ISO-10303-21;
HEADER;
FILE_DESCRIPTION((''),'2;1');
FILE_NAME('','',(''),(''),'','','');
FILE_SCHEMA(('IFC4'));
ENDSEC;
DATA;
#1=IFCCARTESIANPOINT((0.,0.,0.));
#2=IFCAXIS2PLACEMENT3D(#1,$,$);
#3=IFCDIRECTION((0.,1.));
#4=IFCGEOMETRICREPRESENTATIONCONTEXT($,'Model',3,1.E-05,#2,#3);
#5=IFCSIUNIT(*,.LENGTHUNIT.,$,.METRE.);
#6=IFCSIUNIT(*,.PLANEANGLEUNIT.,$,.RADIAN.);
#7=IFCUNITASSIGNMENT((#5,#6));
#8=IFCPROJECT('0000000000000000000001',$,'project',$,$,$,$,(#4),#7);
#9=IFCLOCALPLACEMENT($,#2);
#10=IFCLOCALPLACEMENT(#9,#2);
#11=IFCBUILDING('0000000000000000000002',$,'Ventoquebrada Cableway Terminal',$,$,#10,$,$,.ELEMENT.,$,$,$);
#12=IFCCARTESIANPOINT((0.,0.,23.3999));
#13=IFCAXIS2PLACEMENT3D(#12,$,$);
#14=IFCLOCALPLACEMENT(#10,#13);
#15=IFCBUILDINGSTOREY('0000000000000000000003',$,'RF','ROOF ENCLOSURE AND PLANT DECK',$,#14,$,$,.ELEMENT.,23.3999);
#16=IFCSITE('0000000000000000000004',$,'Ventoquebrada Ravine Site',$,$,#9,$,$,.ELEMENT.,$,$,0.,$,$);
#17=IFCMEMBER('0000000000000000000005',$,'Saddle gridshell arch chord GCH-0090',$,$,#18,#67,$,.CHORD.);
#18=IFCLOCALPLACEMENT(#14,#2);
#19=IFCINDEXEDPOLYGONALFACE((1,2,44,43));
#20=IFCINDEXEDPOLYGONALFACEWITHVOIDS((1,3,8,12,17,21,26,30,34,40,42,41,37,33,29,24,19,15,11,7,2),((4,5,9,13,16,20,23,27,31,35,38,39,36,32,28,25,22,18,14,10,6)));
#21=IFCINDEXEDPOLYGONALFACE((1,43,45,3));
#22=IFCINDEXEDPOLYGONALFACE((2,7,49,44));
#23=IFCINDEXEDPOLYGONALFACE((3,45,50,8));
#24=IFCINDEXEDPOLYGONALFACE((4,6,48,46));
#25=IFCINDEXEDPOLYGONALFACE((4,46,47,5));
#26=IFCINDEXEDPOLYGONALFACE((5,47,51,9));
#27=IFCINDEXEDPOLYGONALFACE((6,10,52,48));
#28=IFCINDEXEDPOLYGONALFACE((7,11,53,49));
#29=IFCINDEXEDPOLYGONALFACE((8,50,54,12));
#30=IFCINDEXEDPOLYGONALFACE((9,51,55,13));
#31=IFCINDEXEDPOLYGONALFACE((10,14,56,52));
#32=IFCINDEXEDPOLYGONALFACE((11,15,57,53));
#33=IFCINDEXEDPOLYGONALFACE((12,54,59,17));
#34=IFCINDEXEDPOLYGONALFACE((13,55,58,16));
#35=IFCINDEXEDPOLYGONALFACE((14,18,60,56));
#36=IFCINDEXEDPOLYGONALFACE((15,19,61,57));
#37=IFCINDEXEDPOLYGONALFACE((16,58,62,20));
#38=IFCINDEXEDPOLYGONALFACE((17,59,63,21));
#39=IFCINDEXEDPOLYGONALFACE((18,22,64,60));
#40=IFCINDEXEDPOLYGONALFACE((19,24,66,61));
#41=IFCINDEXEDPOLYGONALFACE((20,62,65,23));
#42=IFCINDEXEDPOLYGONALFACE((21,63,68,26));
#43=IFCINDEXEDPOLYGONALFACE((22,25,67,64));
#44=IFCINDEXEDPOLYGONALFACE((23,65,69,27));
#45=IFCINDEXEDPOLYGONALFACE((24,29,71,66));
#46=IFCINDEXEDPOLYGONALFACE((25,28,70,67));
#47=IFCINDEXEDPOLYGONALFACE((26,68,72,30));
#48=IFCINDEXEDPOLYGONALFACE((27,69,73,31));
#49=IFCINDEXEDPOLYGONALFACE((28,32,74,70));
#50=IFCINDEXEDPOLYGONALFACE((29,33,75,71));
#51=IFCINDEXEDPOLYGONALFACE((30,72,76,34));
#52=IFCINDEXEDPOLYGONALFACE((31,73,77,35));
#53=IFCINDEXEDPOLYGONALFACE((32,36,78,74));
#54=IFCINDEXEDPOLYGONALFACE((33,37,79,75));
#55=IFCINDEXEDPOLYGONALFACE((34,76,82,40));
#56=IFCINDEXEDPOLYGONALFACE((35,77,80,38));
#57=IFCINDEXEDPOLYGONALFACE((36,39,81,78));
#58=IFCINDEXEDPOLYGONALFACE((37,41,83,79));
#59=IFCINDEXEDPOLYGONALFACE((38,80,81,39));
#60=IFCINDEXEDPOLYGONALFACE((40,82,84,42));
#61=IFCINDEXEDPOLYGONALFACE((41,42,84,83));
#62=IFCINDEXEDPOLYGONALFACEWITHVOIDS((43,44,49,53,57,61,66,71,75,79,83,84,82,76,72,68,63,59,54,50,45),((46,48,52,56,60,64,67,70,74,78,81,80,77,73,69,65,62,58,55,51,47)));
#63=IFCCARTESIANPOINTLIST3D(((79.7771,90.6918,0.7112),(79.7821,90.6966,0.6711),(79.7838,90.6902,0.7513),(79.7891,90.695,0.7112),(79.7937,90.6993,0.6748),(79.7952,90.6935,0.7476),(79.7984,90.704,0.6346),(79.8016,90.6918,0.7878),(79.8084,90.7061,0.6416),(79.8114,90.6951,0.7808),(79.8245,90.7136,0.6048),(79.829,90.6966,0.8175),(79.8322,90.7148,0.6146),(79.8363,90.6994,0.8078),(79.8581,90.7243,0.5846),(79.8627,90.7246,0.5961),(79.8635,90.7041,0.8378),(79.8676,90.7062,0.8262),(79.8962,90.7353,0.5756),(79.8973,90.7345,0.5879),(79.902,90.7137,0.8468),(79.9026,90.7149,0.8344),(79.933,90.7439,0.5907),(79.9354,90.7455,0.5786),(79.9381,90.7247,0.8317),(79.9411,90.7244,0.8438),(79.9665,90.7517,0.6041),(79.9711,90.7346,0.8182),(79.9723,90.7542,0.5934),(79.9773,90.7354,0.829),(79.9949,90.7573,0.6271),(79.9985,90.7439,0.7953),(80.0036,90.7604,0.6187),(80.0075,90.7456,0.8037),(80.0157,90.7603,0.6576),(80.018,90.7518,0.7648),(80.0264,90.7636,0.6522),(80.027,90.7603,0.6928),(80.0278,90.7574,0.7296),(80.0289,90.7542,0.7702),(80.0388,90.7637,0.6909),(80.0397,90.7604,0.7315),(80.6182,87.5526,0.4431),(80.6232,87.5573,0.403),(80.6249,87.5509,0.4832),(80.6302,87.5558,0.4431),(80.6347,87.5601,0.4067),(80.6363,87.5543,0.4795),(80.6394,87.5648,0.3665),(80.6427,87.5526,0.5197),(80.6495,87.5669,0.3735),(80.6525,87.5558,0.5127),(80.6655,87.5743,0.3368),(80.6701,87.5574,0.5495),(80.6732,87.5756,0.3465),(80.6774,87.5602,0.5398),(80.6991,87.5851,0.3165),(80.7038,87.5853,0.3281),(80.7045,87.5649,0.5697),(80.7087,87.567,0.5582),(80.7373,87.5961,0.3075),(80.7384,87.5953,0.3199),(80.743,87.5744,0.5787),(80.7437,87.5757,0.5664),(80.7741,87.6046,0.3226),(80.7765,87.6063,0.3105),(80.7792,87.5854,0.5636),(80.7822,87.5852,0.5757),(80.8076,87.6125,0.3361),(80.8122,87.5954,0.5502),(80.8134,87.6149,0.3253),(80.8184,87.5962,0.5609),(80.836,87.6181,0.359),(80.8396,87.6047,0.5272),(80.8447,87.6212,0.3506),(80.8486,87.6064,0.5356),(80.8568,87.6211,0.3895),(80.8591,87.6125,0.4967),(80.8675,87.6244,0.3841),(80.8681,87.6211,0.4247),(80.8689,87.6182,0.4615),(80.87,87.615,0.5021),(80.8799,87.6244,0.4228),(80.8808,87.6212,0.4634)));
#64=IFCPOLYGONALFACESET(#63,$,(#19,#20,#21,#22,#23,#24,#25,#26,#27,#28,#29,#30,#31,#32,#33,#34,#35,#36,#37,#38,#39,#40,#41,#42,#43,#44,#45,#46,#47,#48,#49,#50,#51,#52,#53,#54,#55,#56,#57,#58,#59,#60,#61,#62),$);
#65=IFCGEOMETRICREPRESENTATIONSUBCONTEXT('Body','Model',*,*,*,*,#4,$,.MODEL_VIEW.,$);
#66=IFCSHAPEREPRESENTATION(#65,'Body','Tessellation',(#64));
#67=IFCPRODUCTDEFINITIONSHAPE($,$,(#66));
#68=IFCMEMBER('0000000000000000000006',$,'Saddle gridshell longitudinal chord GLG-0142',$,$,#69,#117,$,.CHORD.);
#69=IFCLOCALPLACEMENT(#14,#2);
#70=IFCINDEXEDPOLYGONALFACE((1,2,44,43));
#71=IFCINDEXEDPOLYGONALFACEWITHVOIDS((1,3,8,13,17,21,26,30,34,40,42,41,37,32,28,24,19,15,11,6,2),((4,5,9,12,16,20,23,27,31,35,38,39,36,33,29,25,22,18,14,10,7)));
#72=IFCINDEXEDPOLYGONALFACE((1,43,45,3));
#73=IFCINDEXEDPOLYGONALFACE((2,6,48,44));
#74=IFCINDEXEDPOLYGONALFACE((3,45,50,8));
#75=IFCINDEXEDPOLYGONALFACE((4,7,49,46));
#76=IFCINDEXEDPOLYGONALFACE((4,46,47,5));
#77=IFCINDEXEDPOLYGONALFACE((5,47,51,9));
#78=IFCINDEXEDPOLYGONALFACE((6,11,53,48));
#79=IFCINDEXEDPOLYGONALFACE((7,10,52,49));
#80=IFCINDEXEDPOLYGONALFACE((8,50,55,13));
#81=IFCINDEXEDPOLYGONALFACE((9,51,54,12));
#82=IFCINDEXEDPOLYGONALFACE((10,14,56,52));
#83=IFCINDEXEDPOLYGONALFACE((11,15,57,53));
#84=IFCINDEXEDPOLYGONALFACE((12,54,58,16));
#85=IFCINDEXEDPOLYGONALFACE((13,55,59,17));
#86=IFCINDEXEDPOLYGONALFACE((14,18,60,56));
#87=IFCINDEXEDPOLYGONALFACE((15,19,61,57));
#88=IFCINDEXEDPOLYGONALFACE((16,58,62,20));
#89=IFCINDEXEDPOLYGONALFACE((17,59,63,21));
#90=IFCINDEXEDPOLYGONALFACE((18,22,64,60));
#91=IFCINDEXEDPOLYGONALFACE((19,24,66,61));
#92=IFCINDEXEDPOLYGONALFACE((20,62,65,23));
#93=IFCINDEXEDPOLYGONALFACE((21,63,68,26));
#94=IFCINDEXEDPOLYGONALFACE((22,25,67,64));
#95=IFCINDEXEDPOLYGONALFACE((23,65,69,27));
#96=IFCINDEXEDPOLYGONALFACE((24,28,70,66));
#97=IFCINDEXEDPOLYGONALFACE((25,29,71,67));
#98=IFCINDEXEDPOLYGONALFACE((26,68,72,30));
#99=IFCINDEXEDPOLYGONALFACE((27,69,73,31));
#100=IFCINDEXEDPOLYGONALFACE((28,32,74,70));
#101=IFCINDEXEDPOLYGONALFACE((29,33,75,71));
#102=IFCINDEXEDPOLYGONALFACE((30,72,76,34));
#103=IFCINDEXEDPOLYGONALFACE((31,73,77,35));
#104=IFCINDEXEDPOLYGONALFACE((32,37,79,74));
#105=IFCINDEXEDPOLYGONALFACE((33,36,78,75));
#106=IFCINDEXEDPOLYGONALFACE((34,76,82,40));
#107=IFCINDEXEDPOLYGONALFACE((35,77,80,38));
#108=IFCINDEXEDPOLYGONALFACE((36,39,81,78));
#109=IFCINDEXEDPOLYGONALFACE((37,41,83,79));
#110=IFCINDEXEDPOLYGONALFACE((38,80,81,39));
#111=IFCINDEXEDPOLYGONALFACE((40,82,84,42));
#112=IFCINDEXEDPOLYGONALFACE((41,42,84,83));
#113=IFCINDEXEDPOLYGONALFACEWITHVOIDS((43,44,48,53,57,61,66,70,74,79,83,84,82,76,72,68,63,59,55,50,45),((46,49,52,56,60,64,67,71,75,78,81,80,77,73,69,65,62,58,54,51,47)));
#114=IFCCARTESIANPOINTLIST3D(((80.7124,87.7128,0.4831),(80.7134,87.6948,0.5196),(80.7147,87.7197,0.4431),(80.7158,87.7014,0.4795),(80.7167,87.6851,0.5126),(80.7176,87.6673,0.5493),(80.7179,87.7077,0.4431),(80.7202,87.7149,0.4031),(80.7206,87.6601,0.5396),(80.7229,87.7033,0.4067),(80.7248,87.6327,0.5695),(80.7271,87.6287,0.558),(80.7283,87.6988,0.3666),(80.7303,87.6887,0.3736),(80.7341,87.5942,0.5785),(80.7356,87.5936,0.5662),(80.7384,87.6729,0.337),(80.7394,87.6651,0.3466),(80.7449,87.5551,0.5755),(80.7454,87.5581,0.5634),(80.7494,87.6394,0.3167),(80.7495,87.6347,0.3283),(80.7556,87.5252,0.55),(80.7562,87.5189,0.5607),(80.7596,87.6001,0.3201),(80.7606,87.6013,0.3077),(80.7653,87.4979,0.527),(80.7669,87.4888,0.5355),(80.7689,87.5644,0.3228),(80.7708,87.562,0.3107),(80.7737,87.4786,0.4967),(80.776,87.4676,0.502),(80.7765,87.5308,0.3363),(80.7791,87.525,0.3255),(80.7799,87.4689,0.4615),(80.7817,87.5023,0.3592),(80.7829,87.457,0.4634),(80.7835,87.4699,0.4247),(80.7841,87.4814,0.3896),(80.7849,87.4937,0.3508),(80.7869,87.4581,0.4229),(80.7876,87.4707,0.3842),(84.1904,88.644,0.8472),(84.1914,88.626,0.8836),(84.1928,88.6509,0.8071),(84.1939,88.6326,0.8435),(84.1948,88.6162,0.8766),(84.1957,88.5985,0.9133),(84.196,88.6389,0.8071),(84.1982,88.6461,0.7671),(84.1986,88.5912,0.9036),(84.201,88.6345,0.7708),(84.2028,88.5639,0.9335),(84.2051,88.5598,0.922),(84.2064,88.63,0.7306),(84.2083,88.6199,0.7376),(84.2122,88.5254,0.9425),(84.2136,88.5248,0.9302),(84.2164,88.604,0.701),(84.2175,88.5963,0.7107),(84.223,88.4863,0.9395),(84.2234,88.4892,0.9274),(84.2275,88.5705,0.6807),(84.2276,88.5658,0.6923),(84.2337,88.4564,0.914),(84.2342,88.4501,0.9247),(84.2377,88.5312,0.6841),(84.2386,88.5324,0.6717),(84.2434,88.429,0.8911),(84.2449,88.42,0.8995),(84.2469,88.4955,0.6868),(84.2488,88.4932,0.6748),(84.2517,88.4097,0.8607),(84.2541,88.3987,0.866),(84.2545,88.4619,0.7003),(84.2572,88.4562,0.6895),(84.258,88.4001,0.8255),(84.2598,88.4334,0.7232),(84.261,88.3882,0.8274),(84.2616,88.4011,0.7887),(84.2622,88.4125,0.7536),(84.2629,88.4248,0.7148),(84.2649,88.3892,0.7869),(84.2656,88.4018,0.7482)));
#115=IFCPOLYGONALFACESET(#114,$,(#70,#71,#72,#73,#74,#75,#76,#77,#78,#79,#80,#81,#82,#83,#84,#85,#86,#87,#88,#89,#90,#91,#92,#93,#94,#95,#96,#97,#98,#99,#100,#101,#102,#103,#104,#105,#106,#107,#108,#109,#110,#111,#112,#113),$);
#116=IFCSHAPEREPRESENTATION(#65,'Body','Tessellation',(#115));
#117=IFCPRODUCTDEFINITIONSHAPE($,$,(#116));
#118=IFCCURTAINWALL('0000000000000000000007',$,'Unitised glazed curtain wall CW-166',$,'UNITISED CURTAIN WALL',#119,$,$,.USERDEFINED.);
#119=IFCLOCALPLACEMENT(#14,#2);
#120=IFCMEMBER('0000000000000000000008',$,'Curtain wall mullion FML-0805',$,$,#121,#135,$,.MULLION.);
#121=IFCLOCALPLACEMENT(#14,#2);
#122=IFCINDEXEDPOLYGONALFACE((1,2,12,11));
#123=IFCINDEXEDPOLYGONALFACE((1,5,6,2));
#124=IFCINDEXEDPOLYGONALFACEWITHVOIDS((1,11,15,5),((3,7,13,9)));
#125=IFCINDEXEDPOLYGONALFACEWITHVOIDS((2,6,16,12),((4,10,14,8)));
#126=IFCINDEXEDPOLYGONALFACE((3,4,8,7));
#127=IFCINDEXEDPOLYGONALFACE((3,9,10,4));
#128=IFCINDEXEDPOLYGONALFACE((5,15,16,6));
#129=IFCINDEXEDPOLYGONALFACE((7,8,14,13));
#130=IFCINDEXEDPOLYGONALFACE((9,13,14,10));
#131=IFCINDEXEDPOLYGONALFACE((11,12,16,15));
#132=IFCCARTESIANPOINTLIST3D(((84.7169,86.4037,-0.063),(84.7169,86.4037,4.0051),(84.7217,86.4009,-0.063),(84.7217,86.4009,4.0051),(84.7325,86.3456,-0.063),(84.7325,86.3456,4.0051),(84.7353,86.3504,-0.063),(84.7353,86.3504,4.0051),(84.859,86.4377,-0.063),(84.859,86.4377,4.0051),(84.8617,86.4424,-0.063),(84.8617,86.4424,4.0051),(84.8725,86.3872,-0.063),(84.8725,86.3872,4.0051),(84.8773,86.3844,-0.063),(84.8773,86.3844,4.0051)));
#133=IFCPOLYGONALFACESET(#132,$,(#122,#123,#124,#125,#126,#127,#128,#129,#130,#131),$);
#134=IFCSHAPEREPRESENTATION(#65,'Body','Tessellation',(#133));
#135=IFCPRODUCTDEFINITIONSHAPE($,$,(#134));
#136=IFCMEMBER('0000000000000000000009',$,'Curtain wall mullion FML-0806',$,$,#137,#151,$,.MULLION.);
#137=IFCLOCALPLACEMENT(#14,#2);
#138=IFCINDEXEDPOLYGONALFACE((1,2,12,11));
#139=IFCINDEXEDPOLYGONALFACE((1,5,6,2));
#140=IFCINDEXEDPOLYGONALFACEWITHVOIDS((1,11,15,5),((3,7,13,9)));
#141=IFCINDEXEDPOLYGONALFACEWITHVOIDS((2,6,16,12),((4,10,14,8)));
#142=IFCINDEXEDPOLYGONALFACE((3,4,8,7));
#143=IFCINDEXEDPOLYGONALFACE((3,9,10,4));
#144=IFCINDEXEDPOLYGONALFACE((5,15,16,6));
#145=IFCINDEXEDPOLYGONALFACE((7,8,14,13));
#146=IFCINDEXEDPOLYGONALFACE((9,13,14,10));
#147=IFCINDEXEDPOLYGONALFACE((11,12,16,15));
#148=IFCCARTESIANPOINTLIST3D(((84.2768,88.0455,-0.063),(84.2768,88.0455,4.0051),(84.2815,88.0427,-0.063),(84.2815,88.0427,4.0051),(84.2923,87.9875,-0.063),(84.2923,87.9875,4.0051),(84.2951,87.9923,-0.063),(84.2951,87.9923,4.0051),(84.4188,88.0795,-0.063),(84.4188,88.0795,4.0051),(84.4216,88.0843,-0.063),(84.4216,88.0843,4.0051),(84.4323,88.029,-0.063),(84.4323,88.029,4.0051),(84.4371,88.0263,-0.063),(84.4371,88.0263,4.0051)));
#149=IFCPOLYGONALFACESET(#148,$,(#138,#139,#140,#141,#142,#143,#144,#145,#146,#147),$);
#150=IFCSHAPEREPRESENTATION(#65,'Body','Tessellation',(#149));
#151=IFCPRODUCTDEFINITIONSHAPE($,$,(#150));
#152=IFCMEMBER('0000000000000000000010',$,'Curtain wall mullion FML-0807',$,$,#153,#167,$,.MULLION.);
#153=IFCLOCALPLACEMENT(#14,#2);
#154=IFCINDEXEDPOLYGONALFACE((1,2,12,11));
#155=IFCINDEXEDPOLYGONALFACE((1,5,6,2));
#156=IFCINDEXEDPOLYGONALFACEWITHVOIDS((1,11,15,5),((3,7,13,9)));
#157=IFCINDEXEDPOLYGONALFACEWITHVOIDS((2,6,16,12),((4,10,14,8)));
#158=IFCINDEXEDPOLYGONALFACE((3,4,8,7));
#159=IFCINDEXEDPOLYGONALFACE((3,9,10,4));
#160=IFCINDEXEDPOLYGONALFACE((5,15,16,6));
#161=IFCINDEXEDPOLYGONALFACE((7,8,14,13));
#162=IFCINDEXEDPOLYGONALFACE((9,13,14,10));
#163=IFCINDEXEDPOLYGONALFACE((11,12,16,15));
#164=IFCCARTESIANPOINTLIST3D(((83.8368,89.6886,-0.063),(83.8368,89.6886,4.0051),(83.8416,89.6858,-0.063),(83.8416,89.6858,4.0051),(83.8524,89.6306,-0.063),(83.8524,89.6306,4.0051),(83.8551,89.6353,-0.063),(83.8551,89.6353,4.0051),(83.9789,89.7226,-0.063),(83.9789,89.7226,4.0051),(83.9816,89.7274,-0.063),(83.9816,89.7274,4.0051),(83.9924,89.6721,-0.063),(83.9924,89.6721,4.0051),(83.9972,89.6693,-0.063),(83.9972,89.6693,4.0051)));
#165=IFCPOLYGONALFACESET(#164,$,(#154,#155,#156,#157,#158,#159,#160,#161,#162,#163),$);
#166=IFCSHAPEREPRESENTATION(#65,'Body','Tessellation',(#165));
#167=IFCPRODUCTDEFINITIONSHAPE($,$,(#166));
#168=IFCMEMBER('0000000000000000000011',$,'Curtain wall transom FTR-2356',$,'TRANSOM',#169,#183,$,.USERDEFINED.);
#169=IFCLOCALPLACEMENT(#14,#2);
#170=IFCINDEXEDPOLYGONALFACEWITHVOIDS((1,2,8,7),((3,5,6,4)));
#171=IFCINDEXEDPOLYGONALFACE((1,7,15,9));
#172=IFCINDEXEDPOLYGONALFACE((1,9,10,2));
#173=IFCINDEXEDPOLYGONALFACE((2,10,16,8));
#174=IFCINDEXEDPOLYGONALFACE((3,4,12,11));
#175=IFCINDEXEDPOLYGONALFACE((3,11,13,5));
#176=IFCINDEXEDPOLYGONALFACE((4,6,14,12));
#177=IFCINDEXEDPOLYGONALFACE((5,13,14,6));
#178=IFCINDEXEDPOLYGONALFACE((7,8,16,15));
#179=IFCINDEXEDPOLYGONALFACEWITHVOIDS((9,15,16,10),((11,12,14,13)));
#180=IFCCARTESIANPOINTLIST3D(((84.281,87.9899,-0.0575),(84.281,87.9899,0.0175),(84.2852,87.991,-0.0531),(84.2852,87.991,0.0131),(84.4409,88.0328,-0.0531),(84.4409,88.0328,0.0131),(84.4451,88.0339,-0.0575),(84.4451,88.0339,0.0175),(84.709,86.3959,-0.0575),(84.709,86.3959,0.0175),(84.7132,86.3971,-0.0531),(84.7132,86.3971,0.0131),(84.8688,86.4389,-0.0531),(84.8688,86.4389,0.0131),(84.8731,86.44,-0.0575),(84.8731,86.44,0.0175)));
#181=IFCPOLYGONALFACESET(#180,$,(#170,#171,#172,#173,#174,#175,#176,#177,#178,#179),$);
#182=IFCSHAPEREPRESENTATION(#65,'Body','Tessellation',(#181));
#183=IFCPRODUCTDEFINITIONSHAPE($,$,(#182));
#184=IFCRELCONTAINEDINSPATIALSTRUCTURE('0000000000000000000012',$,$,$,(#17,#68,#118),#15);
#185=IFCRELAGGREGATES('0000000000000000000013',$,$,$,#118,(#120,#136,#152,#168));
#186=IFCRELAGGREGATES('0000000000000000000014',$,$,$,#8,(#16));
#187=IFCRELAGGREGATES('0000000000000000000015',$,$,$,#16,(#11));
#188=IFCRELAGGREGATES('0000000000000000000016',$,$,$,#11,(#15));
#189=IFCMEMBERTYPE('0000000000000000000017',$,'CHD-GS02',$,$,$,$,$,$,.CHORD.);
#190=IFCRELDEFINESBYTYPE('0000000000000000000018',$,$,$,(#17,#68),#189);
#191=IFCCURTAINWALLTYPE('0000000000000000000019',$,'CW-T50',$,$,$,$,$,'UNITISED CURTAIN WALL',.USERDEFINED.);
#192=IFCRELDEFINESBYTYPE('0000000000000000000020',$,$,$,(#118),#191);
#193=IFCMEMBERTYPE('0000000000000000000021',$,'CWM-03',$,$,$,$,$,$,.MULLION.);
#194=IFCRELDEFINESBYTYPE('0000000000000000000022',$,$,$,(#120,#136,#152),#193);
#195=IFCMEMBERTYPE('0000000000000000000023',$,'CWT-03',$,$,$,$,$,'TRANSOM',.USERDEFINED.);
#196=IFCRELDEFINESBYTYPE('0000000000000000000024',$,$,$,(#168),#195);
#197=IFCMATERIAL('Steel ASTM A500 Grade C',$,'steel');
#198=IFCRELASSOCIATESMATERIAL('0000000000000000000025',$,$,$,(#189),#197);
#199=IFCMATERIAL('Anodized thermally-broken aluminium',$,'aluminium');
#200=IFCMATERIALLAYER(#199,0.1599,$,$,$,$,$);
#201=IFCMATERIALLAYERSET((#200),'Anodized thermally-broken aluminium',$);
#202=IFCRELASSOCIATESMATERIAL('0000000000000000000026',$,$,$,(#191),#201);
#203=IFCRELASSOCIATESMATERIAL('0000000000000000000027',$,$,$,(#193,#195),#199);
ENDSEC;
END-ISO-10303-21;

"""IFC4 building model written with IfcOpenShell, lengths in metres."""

from ifc_helpers import new_model, si_unit, direction, frame, origin, origin_2d, place, context, subcontext, project, spatial, hollow_rectangle, hollow_circle, extrude, material, layer, layer_set, material_profile, profile_set, type_object, element, aggregate, save


model = new_model("IFC4")

# Units and contexts
model_context = context("Model", 3, precision=1e-05, world=origin(), true_north=direction((0.0, 1.0)))
body_context = subcontext(model_context, "Body", "Model", "MODEL_VIEW")
ifc_project = project(units=[si_unit("LENGTHUNIT", "METRE"), si_unit("PLANEANGLEUNIT", "RADIAN")], contexts=[model_context])

# Site, building, storey
site_placement = place(None, origin())
site = spatial("IfcSite", under=ifc_project, at=site_placement, Name="Ventoquebrada Ravine Site", CompositionType="ELEMENT", RefElevation=0.0)
building_placement = place(site_placement, origin())
building = spatial("IfcBuilding", under=site, at=building_placement, Name="Ventoquebrada Cableway Terminal", CompositionType="ELEMENT")
storey_placement = place(building_placement, frame((0.0, 0.0, 23.3999)))
storey = spatial("IfcBuildingStorey", under=building, at=storey_placement, Name="RF", Description="ROOF ENCLOSURE AND PLANT DECK", CompositionType="ELEMENT", Elevation=23.3999)

# Members
ifc_material_1 = material(Name="Steel ASTM A500 Grade C", Category="steel")
ifc_material_profile_1 = material_profile(ifc_material_1, hollow_circle(Radius=0.1365, WallThickness=0.0125, at=origin_2d()), Name="CHS273.0X12.5")
ifc_profile_set_1 = profile_set([ifc_material_profile_1], Name="Steel ASTM A500 Grade C")
member_type_1 = type_object("IfcMemberType", Name="CHD-GS02", PredefinedType="CHORD", material=ifc_profile_set_1)
member_1_placement = place(storey_placement, frame((80.75, 87.5879, 0.4431), z_axis=(-0.257923, 0.962662, 0.082206), x_axis=(-0.965931, -0.258799, 0.0)))
element("IfcMember", 1, at=member_1_placement, inside=storey, type_object=member_type_1, Name="Saddle gridshell arch chord GCH-0090", PredefinedType="CHORD", context=body_context, shape_type="SweptSolid", body=[
    extrude(hollow_circle(Radius=0.1365, WallThickness=0.0125, at=origin_2d()), origin(), (0.0, 0.0, 1.0), 3.261),
])
member_2_placement = place(storey_placement, frame((80.75, 87.5879, 0.4431), z_axis=(0.961081, 0.257305, 0.100588), x_axis=(-0.258616, 0.96598, 0.0)))
element("IfcMember", 2, at=member_2_placement, inside=storey, type_object=member_type_1, Name="Saddle gridshell longitudinal chord GLG-0142", PredefinedType="CHORD", context=body_context, shape_type="SweptSolid", body=[
    extrude(hollow_circle(Radius=0.1365, WallThickness=0.0125, at=origin_2d()), origin(), (0.0, 0.0, 1.0), 3.6189),
])

# Curtain wall, members
ifc_material_2 = material(Name="Anodized thermally-broken aluminium", Category="aluminium")
ifc_layer_1 = layer(ifc_material_2, 0.1599)
ifc_layer_set_1 = layer_set([ifc_layer_1], Name="Anodized thermally-broken aluminium")
curtain_wall_type = type_object("IfcCurtainWallType", Name="CW-T50", ElementType="UNITISED CURTAIN WALL", PredefinedType="USERDEFINED", material=ifc_layer_set_1)
curtain_wall_placement = place(storey_placement, origin())
curtain_wall = element("IfcCurtainWall", 3, at=curtain_wall_placement, inside=storey, type_object=curtain_wall_type, Name="Unitised glazed curtain wall CW-166", ObjectType="UNITISED CURTAIN WALL", PredefinedType="USERDEFINED")
ifc_material_profile_2 = material_profile(ifc_material_2, hollow_rectangle(XDim=0.0601, YDim=0.1499, WallThickness=0.0039, at=origin_2d()), Name="CW-MUL-60X150")
ifc_profile_set_2 = profile_set([ifc_material_profile_2], Name="Anodized thermally-broken aluminium")
member_type_2 = type_object("IfcMemberType", Name="CWM-03", PredefinedType="MULLION", material=ifc_profile_set_2)
member_3_placement = place(storey_placement, frame((84.7971, 86.394, -0.063), z_axis=(0.0, 0.0, 1.0), x_axis=(-0.258802, 0.96593, 0.0)))
member_3 = element("IfcMember", 4, at=member_3_placement, type_object=member_type_2, Name="Curtain wall mullion FML-0805", PredefinedType="MULLION", context=body_context, shape_type="SweptSolid", body=[
    extrude(hollow_rectangle(XDim=0.0601, YDim=0.1499, WallThickness=0.0039, at=origin_2d()), origin(), (0.0, 0.0, 1.0), 4.0681),
])
member_4_placement = place(storey_placement, frame((84.3569, 88.0359, -0.063), z_axis=(0.0, 0.0, 1.0), x_axis=(-0.258802, 0.96593, 0.0)))
member_4 = element("IfcMember", 5, at=member_4_placement, type_object=member_type_2, Name="Curtain wall mullion FML-0806", PredefinedType="MULLION", context=body_context, shape_type="SweptSolid", body=[
    extrude(hollow_rectangle(XDim=0.0601, YDim=0.1499, WallThickness=0.0039, at=origin_2d()), origin(), (0.0, 0.0, 1.0), 4.0681),
])
member_5_placement = place(storey_placement, frame((83.917, 89.679, -0.063), z_axis=(0.0, 0.0, 1.0), x_axis=(-0.258802, 0.96593, 0.0)))
member_5 = element("IfcMember", 6, at=member_5_placement, type_object=member_type_2, Name="Curtain wall mullion FML-0807", PredefinedType="MULLION", context=body_context, shape_type="SweptSolid", body=[
    extrude(hollow_rectangle(XDim=0.0601, YDim=0.1499, WallThickness=0.0039, at=origin_2d()), origin(), (0.0, 0.0, 1.0), 4.0681),
])
ifc_material_profile_3 = material_profile(ifc_material_2, hollow_rectangle(XDim=0.075, YDim=0.1699, WallThickness=0.0044, at=origin_2d()), Name="CW-TRN-75X170")
ifc_profile_set_3 = profile_set([ifc_material_profile_3], Name="Anodized thermally-broken aluminium")
member_type_3 = type_object("IfcMemberType", Name="CWT-03", ElementType="TRANSOM", PredefinedType="USERDEFINED", material=ifc_profile_set_3)
member_6_placement = place(storey_placement, frame((84.791, 86.418, -0.02), z_axis=(-0.25931, 0.965794, 0.0), x_axis=(0.0, 0.0, 1.0)))
member_6 = element("IfcMember", 7, at=member_6_placement, type_object=member_type_3, Name="Curtain wall transom FTR-2356", ObjectType="TRANSOM", PredefinedType="USERDEFINED", context=body_context, shape_type="SweptSolid", body=[
    extrude(hollow_rectangle(XDim=0.075, YDim=0.1699, WallThickness=0.0044, at=origin_2d()), origin(), (0.0, 0.0, 1.0), 1.6504),
])

aggregate(curtain_wall, [member_3, member_4, member_5, member_6])

save(model, "model.ifc")
